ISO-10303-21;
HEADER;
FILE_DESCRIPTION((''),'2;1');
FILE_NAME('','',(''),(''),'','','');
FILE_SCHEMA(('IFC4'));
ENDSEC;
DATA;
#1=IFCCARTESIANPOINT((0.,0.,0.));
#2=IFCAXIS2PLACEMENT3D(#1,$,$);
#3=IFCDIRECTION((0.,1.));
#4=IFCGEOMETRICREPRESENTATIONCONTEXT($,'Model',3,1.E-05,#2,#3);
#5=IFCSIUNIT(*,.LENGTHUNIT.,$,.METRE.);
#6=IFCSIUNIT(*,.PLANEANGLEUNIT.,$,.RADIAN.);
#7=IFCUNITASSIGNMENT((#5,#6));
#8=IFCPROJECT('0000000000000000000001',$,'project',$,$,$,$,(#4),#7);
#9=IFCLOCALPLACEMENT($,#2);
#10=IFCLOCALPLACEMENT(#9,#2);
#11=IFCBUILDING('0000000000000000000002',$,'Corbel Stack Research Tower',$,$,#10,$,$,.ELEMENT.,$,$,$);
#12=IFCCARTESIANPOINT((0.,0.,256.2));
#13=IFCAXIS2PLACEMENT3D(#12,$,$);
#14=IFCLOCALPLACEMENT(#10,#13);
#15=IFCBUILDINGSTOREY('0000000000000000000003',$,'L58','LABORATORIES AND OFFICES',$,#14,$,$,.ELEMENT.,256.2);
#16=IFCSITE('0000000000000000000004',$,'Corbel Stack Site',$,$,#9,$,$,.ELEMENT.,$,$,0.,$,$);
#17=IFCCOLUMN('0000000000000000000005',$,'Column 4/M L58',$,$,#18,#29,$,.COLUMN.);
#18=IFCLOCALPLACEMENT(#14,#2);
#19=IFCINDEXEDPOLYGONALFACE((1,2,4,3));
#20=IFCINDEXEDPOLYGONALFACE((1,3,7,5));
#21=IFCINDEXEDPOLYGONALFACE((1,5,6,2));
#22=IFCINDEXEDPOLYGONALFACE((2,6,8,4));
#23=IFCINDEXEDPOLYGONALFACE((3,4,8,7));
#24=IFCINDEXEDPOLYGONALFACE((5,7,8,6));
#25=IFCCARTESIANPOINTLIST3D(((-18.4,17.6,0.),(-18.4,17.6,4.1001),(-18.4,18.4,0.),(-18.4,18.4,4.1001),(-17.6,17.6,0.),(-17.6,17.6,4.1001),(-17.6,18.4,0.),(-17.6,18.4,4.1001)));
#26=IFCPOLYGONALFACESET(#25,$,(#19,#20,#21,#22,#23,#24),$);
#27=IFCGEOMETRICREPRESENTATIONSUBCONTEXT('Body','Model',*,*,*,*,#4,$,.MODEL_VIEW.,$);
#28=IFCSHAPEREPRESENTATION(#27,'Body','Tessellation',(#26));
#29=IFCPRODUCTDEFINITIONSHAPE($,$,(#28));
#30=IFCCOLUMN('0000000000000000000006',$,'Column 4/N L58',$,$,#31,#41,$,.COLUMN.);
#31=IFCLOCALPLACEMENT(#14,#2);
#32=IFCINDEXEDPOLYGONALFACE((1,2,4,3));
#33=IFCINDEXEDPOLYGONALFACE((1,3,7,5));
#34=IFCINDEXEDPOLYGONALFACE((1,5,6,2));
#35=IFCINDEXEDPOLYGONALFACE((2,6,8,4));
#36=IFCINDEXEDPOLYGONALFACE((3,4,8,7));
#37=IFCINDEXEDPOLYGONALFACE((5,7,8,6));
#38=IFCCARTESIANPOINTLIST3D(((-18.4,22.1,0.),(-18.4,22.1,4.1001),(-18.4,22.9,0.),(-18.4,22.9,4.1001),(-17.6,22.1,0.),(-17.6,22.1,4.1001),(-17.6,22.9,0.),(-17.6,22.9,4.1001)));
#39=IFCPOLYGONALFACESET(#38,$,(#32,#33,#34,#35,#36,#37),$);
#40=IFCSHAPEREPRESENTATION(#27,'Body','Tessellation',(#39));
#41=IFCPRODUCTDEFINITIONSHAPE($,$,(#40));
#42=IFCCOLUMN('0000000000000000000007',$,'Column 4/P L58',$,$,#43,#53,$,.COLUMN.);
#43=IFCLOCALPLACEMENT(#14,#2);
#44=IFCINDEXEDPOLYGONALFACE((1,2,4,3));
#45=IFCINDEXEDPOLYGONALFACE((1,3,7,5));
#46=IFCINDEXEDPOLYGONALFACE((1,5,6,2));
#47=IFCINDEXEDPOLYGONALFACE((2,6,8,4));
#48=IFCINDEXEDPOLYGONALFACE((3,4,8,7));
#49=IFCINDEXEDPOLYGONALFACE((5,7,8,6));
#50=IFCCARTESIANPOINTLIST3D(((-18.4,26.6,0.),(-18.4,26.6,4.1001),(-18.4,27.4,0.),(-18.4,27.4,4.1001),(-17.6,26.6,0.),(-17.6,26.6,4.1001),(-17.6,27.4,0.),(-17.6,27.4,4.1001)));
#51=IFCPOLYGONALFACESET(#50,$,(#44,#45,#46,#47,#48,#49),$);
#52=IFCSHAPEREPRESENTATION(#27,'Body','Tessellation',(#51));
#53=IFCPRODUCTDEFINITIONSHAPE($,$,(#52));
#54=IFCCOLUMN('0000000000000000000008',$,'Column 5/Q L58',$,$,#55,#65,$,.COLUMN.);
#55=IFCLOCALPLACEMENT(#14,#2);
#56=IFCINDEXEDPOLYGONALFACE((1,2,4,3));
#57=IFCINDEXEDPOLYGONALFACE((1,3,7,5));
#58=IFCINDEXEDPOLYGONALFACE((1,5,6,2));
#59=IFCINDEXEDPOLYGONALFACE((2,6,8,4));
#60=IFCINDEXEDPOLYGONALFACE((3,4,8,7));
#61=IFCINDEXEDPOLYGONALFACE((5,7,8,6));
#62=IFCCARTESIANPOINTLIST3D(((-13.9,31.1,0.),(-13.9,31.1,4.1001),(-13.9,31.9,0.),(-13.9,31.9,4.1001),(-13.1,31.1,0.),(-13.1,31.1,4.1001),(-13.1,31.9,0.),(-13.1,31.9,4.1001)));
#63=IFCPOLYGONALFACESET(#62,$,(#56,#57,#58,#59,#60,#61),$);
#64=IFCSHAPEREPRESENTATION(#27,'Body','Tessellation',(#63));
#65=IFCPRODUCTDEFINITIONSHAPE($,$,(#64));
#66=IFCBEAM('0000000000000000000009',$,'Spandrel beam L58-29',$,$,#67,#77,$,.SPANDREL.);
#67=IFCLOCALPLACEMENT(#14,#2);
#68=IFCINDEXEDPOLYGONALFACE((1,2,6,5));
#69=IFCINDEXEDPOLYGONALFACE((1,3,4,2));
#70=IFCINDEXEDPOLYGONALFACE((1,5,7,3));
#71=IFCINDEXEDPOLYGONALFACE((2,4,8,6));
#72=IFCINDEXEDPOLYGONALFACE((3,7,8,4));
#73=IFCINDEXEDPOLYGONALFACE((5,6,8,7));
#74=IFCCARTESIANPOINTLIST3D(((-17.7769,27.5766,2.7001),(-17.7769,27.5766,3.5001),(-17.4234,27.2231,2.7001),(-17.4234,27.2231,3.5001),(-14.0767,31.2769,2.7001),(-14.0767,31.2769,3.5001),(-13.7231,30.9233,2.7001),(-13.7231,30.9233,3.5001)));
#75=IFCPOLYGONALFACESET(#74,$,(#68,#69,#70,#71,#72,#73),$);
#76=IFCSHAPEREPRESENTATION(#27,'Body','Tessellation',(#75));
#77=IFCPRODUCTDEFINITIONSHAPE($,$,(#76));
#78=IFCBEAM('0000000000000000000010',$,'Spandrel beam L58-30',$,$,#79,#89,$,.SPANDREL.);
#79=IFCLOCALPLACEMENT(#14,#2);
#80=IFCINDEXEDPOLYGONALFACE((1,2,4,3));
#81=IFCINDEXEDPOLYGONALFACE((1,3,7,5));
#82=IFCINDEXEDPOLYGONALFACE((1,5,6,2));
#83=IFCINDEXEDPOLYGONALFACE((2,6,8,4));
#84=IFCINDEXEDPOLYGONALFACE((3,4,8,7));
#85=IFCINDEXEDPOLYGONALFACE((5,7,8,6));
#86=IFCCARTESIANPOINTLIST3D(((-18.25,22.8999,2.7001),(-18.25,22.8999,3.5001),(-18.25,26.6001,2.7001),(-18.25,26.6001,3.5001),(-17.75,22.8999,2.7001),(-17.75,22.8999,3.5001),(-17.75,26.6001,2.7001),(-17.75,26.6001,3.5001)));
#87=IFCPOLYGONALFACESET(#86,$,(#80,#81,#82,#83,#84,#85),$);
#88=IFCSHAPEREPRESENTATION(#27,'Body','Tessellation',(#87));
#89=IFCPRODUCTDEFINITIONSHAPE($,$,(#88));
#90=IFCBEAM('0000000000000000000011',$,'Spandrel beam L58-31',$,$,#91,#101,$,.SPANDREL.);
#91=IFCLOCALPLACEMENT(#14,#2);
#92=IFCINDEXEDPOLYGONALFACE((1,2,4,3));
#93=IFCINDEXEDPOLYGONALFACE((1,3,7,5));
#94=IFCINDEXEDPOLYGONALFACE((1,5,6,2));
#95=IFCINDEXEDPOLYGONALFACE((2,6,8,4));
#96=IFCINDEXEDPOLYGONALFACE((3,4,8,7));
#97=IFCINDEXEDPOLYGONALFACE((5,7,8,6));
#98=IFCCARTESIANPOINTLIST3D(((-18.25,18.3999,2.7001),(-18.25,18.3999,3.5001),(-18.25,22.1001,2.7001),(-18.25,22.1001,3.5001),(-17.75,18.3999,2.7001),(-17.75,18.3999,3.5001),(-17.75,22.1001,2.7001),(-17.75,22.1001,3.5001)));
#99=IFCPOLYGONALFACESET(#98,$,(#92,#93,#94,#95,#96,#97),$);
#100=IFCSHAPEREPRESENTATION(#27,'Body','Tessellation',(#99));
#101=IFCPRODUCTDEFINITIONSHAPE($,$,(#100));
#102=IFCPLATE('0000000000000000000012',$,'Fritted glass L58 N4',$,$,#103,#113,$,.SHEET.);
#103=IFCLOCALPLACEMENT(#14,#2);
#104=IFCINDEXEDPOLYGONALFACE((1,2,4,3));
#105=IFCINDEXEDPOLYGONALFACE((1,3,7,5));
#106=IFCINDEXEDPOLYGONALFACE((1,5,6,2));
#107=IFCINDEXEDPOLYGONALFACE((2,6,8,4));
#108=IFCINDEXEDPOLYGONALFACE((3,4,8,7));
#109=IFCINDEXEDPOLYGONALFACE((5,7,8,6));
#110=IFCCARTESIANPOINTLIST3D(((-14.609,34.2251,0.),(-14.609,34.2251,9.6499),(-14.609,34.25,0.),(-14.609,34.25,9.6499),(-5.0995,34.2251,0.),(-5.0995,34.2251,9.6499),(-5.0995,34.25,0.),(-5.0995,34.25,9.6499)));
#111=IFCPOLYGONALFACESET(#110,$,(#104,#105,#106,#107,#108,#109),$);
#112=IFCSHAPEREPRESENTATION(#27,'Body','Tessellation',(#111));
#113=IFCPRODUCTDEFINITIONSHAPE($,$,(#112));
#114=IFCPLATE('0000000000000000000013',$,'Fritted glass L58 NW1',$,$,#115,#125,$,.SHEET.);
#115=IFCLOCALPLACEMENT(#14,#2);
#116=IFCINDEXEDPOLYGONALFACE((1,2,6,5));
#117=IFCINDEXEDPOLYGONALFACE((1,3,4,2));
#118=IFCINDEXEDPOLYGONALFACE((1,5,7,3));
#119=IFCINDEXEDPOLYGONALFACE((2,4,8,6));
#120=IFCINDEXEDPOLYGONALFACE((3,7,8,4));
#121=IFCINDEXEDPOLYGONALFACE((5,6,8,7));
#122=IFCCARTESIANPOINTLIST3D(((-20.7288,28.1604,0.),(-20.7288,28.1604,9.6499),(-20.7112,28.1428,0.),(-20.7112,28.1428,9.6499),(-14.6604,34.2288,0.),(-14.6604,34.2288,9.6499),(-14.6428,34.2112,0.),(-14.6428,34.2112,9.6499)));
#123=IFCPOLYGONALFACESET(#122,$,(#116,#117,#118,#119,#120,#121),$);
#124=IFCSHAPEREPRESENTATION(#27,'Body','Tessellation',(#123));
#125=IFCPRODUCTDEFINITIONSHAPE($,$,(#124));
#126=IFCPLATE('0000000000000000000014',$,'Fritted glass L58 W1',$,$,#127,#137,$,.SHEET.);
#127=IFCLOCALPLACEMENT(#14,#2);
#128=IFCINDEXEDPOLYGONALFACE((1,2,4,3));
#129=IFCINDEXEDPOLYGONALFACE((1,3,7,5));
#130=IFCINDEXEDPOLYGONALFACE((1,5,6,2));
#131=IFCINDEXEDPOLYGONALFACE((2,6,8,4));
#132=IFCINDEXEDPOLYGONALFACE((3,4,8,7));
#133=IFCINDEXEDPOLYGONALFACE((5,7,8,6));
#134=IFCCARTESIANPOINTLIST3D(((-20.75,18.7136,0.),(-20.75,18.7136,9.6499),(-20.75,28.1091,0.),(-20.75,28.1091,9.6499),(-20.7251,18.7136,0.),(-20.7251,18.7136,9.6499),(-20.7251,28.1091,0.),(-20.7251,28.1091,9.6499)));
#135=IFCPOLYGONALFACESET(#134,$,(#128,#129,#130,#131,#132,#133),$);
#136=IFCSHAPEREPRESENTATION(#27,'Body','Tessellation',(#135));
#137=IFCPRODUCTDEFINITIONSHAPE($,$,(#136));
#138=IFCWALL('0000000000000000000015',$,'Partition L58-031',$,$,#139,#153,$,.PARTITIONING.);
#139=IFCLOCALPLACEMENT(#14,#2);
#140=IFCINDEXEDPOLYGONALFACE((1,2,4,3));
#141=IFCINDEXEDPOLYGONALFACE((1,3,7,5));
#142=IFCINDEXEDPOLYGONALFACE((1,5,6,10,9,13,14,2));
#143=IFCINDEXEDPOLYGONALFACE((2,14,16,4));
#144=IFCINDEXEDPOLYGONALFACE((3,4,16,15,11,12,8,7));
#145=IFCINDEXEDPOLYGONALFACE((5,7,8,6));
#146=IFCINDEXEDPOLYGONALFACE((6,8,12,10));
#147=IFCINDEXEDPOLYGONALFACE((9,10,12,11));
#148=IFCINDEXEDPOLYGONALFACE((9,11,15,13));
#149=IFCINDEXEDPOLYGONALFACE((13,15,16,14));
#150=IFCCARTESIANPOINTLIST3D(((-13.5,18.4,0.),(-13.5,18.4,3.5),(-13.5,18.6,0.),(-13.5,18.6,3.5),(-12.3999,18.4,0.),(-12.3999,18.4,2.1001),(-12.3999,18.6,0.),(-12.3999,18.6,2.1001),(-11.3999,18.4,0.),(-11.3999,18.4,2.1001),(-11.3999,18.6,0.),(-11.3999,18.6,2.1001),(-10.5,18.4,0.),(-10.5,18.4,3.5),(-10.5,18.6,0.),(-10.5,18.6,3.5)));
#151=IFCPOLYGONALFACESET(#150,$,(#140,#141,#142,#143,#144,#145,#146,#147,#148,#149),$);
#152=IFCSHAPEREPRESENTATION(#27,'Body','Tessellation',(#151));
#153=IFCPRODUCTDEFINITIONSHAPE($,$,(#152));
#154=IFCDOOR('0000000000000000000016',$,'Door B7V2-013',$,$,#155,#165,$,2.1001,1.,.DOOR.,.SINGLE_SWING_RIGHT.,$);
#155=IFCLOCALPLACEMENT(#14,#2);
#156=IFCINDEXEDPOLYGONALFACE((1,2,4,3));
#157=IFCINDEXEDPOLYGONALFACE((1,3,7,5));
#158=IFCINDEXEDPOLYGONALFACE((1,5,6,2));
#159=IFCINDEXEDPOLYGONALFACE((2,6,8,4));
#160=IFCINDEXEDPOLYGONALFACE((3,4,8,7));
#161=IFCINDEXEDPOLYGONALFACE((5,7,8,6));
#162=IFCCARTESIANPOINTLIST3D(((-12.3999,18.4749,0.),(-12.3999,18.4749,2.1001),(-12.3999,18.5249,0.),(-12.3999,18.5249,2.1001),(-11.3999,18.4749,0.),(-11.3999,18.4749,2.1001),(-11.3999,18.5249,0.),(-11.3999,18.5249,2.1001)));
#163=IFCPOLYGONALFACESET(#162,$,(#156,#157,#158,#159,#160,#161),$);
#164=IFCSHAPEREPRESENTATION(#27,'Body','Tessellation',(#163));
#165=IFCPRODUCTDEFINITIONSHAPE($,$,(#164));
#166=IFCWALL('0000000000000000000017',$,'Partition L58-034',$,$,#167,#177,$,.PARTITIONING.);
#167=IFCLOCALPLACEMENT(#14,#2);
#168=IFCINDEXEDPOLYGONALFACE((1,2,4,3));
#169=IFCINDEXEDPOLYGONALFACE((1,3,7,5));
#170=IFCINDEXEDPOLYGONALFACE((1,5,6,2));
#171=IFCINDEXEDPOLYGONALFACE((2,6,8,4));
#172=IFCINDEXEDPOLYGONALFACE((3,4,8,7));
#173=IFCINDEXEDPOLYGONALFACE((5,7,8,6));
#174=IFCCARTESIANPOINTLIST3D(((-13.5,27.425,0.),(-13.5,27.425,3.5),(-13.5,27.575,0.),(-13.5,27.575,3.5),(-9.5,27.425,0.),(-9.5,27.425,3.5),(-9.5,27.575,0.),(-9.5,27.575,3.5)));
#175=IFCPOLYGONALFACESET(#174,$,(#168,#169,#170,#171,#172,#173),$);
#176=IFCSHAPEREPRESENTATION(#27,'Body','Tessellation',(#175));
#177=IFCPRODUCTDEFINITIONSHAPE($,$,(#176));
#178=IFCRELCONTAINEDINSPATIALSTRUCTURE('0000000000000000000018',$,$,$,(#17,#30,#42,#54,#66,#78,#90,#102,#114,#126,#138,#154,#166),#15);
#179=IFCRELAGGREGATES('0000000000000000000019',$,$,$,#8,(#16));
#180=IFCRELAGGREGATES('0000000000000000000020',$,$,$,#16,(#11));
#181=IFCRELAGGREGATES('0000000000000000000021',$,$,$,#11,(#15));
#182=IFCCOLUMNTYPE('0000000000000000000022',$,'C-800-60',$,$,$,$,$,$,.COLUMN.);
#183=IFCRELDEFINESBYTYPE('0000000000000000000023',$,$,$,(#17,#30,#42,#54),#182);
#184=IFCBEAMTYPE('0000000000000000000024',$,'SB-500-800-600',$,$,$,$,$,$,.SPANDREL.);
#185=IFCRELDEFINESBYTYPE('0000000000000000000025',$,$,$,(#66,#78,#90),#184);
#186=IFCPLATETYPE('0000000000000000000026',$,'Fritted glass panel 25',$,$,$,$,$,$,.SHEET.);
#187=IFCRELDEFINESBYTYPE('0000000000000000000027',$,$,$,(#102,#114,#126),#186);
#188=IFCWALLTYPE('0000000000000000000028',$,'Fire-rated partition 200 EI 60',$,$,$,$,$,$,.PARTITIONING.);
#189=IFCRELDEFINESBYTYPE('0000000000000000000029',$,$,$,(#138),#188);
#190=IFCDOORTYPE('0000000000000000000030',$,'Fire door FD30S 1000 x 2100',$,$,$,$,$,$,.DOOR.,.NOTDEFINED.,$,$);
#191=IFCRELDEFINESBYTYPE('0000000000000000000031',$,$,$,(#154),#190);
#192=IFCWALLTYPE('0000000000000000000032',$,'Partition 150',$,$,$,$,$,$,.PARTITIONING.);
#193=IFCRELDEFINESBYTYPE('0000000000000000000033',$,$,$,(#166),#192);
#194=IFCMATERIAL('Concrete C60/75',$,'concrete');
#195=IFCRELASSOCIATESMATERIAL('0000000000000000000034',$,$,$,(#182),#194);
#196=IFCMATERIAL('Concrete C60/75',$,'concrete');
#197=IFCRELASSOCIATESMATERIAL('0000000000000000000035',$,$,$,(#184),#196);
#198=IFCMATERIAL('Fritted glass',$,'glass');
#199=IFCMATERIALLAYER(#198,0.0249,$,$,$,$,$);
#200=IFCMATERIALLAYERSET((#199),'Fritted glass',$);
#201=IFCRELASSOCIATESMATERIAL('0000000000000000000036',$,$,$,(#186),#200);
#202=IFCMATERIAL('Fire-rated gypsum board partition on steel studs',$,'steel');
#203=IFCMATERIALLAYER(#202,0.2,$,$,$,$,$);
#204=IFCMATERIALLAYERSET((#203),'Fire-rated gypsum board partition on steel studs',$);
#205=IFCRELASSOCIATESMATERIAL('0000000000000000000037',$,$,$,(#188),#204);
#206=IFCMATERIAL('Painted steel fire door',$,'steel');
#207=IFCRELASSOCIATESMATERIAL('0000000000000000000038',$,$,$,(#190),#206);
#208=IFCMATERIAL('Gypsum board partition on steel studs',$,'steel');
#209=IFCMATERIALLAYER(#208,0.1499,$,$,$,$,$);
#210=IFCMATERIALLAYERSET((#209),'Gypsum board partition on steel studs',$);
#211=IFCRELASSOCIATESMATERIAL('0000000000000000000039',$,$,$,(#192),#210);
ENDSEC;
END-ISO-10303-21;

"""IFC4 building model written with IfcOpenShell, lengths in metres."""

from ifc_helpers import new_model, si_unit, direction, frame, frame_2d, origin, origin_2d, place, context, subcontext, project, spatial, rectangle, extrude, material, layer, layer_set, material_profile, profile_set, type_object, element, fill, save


model = new_model("IFC4")

# Units and contexts
model_context = context("Model", 3, precision=1e-05, world=origin(), true_north=direction((0.0, 1.0)))
body_context = subcontext(model_context, "Body", "Model", "MODEL_VIEW")
ifc_project = project(units=[si_unit("LENGTHUNIT", "METRE"), si_unit("PLANEANGLEUNIT", "RADIAN")], contexts=[model_context])

# Site, building, storey
site_placement = place(None, origin())
site = spatial("IfcSite", under=ifc_project, at=site_placement, Name="Corbel Stack Site", CompositionType="ELEMENT", RefElevation=0.0)
building_placement = place(site_placement, origin())
building = spatial("IfcBuilding", under=site, at=building_placement, Name="Corbel Stack Research Tower", CompositionType="ELEMENT")
storey_placement = place(building_placement, frame((0.0, 0.0, 256.2)))
storey = spatial("IfcBuildingStorey", under=building, at=storey_placement, Name="L58", Description="LABORATORIES AND OFFICES", CompositionType="ELEMENT", Elevation=256.2)

# Columns
ifc_material_1 = material(Name="Concrete C60/75", Category="concrete")
ifc_material_profile_1 = material_profile(ifc_material_1, rectangle(XDim=0.8, YDim=0.8, at=origin_2d()), Name="RC 800 x 800")
ifc_profile_set_1 = profile_set([ifc_material_profile_1], Name="Concrete C60/75")
column_type = type_object("IfcColumnType", Name="C-800-60", PredefinedType="COLUMN", material=ifc_profile_set_1)
for number, where, z_axis, x_axis, name in (
    (1, (-18.0, 18.0, 0.0), (0.0, 0.0, 1.0), (1.0, 0.0, 0.0), "Column 4/M L58"),
    (2, (-18.0, 22.5, 0.0), (0.0, 0.0, 1.0), (1.0, 0.0, 0.0), "Column 4/N L58"),
    (3, (-18.0, 27.0, 0.0), (0.0, 0.0, 1.0), (1.0, 0.0, 0.0), "Column 4/P L58"),
    (4, (-13.5, 31.5, 0.0), (0.0, 0.0, 1.0), (1.0, 0.0, 0.0), "Column 5/Q L58"),
):
    element("IfcColumn", number, at=place(storey_placement, frame(where, z_axis=z_axis, x_axis=x_axis)), inside=storey, type_object=column_type, Name=name, PredefinedType="COLUMN", context=body_context, shape_type="SweptSolid", body=[
        extrude(rectangle(XDim=0.8, YDim=0.8, at=origin_2d()), origin(), (0.0, 0.0, 1.0), 4.1001),
    ])

# Beams
ifc_material_2 = material(Name="Concrete C60/75", Category="concrete")
ifc_material_profile_2 = material_profile(ifc_material_2, rectangle(XDim=0.5, YDim=0.8, at=origin_2d()), Name="RC 500 x 800")
ifc_profile_set_2 = profile_set([ifc_material_profile_2], Name="Concrete C60/75")
beam_type = type_object("IfcBeamType", Name="SB-500-800-600", PredefinedType="SPANDREL", material=ifc_profile_set_2)
beam_placement = place(storey_placement, frame((-13.8999, 31.1001, 3.1001), z_axis=(-0.707107, -0.707107, 0.0), x_axis=(0.707107, -0.707107, 0.0)))
element("IfcBeam", 5, at=beam_placement, inside=storey, type_object=beam_type, Name="Spandrel beam L58-29", PredefinedType="SPANDREL", context=body_context, shape_type="SweptSolid", body=[
    extrude(rectangle(XDim=0.5, YDim=0.8, at=origin_2d()), origin(), (0.0, 0.0, 1.0), 5.2329),
])
for number, where, z_axis, x_axis, name in (
    (6, (-18.0, 26.6001, 3.1001), (0.0, -1.0, 0.0), (1.0, 0.0, 0.0), "Spandrel beam L58-30"),
    (7, (-18.0, 22.1001, 3.1001), (0.0, -1.0, 0.0), (1.0, 0.0, 0.0), "Spandrel beam L58-31"),
):
    element("IfcBeam", number, at=place(storey_placement, frame(where, z_axis=z_axis, x_axis=x_axis)), inside=storey, type_object=beam_type, Name=name, PredefinedType="SPANDREL", context=body_context, shape_type="SweptSolid", body=[
        extrude(rectangle(XDim=0.5, YDim=0.8, at=origin_2d()), origin(), (0.0, 0.0, 1.0), 3.7002),
    ])

# Plates
ifc_material_3 = material(Name="Fritted glass", Category="glass")
ifc_layer_1 = layer(ifc_material_3, 0.0249)
ifc_layer_set_1 = layer_set([ifc_layer_1], Name="Fritted glass")
plate_type = type_object("IfcPlateType", Name="Fritted glass panel 25", PredefinedType="SHEET", material=ifc_layer_set_1)
plate_1_placement = place(storey_placement, frame((-9.8542, 34.2375, 0.0), z_axis=(0.0, 0.0, 1.0), x_axis=(-1.0, 0.0, 0.0)))
element("IfcPlate", 8, at=plate_1_placement, inside=storey, type_object=plate_type, Name="Fritted glass L58 N4", PredefinedType="SHEET", context=body_context, shape_type="SweptSolid", body=[
    extrude(rectangle(XDim=9.5095, YDim=0.0249, at=origin_2d()), origin(), (0.0, 0.0, 1.0), 9.6499),
])
plate_2_placement = place(storey_placement, frame((-17.6858, 31.1858, 0.0), z_axis=(0.0, 0.0, 1.0), x_axis=(-0.707107, -0.707107, 0.0)))
element("IfcPlate", 9, at=plate_2_placement, inside=storey, type_object=plate_type, Name="Fritted glass L58 NW1", PredefinedType="SHEET", context=body_context, shape_type="SweptSolid", body=[
    extrude(rectangle(XDim=8.582, YDim=0.0249, at=origin_2d()), origin(), (0.0, 0.0, 1.0), 9.6499),
])
plate_3_placement = place(storey_placement, frame((-20.7375, 23.4114, 0.0), z_axis=(0.0, 0.0, 1.0), x_axis=(0.0, -1.0, 0.0)))
element("IfcPlate", 10, at=plate_3_placement, inside=storey, type_object=plate_type, Name="Fritted glass L58 W1", PredefinedType="SHEET", context=body_context, shape_type="SweptSolid", body=[
    extrude(rectangle(XDim=9.3955, YDim=0.0249, at=origin_2d()), origin(), (0.0, 0.0, 1.0), 9.6499),
])

# Wall, opening, door
ifc_material_4 = material(Name="Fire-rated gypsum board partition on steel studs", Category="steel")
ifc_layer_2 = layer(ifc_material_4, 0.2)
ifc_layer_set_2 = layer_set([ifc_layer_2], Name="Fire-rated gypsum board partition on steel studs")
wall_type_1 = type_object("IfcWallType", Name="Fire-rated partition 200 EI 60", PredefinedType="PARTITIONING", material=ifc_layer_set_2)
wall_1_placement = place(storey_placement, frame((-13.5, 18.5, 0.0), z_axis=(0.0, 0.0, 1.0), x_axis=(1.0, 0.0, 0.0)))
wall_1 = element("IfcWall", 11, at=wall_1_placement, inside=storey, type_object=wall_type_1, Name="Partition L58-031", PredefinedType="PARTITIONING", context=body_context, shape_type="SweptSolid", body=[
    extrude(rectangle(XDim=3.0, YDim=0.2, at=frame_2d((1.5, 0.0))), origin(), (0.0, 0.0, 1.0), 3.5),
])
opening_1_placement = place(wall_1_placement, frame((1.1001, 0.0, 0.0)))
opening_1 = element("IfcOpeningElement", 12, at=opening_1_placement, cuts=wall_1, PredefinedType="OPENING", context=body_context, shape_type="SweptSolid", body=[
    extrude(rectangle(XDim=1.0, YDim=2.1001, at=frame_2d((0.5, 1.05))), frame((0.0, 0.1099, 0.0), z_axis=(0.0, -1.0, 0.0), x_axis=(1.0, 0.0, 0.0)), (0.0, 0.0, 1.0), 0.22),
])
ifc_material_5 = material(Name="Painted steel fire door", Category="steel")
door_type_1 = type_object("IfcDoorType", Name="Fire door FD30S 1000 x 2100", OperationType="NOTDEFINED", PredefinedType="DOOR", material=ifc_material_5)
door_1_placement = place(opening_1_placement, origin())
door_1 = element("IfcDoor", 13, at=door_1_placement, inside=storey, type_object=door_type_1, Name="Door B7V2-013", OperationType="SINGLE_SWING_RIGHT", OverallHeight=2.1001, OverallWidth=1.0, PredefinedType="DOOR", context=body_context, shape_type="SweptSolid", body=[
    extrude(rectangle(XDim=1.0, YDim=2.1001, at=frame_2d((0.5, 1.05))), frame((0.0, 0.0249, 0.0), z_axis=(0.0, -1.0, 0.0), x_axis=(1.0, 0.0, 0.0)), (0.0, 0.0, 1.0), 0.05),
])
fill(opening_1, door_1)

# Wall
ifc_material_6 = material(Name="Gypsum board partition on steel studs", Category="steel")
ifc_layer_3 = layer(ifc_material_6, 0.1499)
ifc_layer_set_3 = layer_set([ifc_layer_3], Name="Gypsum board partition on steel studs")
wall_type_2 = type_object("IfcWallType", Name="Partition 150", PredefinedType="PARTITIONING", material=ifc_layer_set_3)
wall_2_placement = place(storey_placement, frame((-13.5, 27.5, 0.0), z_axis=(0.0, 0.0, 1.0), x_axis=(1.0, 0.0, 0.0)))
element("IfcWall", 14, at=wall_2_placement, inside=storey, type_object=wall_type_2, Name="Partition L58-034", PredefinedType="PARTITIONING", context=body_context, shape_type="SweptSolid", body=[
    extrude(rectangle(XDim=4.0, YDim=0.1499, at=frame_2d((2.0, 0.0))), origin(), (0.0, 0.0, 1.0), 3.5),
])

save(model, "model.ifc")
